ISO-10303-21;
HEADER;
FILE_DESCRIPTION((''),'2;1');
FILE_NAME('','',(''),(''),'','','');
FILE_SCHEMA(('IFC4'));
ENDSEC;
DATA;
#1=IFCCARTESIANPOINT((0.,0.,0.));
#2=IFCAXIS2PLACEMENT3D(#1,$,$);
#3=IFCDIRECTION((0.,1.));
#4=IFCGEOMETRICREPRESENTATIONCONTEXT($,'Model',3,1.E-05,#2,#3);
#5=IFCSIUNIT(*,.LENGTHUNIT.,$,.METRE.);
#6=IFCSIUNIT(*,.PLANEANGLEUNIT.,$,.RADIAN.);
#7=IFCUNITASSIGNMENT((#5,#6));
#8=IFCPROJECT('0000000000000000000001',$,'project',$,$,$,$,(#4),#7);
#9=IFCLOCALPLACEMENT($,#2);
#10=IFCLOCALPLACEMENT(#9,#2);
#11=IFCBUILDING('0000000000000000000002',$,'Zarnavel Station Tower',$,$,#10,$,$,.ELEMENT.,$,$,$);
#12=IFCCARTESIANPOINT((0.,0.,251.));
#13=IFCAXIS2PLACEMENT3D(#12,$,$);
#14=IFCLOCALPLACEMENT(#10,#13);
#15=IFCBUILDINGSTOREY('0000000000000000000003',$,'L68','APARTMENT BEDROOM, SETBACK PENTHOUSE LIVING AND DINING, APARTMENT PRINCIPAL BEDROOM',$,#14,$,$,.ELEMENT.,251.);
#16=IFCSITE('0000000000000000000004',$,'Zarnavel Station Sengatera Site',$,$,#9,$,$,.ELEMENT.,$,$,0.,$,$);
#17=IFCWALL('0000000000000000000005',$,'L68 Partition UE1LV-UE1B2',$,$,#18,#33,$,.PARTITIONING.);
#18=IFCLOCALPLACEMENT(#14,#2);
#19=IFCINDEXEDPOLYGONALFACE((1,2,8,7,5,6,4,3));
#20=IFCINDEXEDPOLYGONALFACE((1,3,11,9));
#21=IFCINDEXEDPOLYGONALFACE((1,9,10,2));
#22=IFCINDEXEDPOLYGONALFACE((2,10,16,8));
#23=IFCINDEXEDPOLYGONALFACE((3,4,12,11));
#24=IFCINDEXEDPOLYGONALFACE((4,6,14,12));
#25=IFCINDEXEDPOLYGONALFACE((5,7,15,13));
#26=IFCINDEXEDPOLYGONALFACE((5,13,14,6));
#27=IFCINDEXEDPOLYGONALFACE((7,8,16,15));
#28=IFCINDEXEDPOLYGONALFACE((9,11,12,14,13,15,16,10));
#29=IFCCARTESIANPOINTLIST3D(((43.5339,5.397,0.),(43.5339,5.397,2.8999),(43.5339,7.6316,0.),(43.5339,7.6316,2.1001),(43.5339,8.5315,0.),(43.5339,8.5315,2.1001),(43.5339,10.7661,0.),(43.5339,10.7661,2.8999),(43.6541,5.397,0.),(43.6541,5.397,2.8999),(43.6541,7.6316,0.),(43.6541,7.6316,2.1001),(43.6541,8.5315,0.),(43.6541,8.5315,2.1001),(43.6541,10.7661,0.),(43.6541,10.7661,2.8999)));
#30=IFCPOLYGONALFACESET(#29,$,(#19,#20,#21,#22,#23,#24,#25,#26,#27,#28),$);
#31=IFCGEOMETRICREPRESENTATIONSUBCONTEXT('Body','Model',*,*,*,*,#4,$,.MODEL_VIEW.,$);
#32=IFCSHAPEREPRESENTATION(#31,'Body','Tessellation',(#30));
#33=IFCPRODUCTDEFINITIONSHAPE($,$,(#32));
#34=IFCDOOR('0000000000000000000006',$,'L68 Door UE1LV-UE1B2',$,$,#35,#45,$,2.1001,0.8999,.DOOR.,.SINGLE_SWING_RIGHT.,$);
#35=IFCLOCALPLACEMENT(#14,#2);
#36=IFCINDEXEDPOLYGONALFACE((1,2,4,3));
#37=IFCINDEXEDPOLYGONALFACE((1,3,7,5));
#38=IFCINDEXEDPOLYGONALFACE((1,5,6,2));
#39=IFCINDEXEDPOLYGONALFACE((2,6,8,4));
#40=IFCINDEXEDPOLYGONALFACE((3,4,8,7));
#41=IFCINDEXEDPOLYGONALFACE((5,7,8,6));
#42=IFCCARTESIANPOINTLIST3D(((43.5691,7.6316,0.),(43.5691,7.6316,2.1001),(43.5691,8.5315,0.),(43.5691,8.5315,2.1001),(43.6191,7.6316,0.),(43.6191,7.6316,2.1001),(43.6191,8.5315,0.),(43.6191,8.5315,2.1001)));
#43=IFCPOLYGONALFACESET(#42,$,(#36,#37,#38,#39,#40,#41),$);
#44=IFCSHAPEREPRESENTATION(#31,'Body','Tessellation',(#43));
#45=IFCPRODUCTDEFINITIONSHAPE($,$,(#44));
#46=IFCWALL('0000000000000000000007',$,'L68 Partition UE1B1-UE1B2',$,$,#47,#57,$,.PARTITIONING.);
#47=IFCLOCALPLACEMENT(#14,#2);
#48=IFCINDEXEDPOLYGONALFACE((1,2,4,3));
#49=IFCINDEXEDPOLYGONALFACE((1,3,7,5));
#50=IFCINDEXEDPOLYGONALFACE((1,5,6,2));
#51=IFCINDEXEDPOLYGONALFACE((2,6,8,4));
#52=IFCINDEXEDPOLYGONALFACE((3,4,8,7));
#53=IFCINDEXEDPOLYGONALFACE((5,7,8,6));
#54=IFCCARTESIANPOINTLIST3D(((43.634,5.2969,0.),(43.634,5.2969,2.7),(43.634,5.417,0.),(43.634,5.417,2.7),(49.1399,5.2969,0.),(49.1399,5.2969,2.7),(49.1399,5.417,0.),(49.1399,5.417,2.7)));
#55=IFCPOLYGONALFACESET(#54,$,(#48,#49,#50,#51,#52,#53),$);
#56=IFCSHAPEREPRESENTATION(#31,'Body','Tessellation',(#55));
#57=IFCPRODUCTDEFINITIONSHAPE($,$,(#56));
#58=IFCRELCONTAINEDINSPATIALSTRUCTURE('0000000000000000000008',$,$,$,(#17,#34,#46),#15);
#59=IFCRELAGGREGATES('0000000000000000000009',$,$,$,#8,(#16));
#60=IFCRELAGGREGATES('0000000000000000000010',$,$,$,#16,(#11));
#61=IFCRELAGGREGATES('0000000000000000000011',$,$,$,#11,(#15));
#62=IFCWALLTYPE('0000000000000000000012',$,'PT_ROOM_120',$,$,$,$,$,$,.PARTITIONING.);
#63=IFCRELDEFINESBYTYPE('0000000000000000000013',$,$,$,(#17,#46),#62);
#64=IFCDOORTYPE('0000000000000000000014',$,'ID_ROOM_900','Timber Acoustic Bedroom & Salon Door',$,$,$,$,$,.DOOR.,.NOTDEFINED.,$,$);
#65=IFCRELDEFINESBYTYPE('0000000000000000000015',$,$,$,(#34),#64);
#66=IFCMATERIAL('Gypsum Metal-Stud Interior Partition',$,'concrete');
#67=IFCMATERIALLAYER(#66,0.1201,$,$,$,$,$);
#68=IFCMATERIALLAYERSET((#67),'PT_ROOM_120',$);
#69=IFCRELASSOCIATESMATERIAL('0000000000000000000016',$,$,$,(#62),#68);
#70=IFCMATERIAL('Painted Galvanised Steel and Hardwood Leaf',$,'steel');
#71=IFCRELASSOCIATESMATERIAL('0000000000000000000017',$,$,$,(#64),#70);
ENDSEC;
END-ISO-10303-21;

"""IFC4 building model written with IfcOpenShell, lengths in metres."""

from ifc_helpers import new_model, si_unit, direction, frame, frame_2d, origin, place, context, subcontext, project, spatial, rectangle, extrude, material, layer, layer_set, type_object, element, fill, save


model = new_model("IFC4")

# Units and contexts
model_context = context("Model", 3, precision=1e-05, world=origin(), true_north=direction((0.0, 1.0)))
body_context = subcontext(model_context, "Body", "Model", "MODEL_VIEW")
ifc_project = project(units=[si_unit("LENGTHUNIT", "METRE"), si_unit("PLANEANGLEUNIT", "RADIAN")], contexts=[model_context])

# Site, building, storey
site_placement = place(None, origin())
site = spatial("IfcSite", under=ifc_project, at=site_placement, Name="Zarnavel Station Sengatera Site", CompositionType="ELEMENT", RefElevation=0.0)
building_placement = place(site_placement, origin())
building = spatial("IfcBuilding", under=site, at=building_placement, Name="Zarnavel Station Tower", CompositionType="ELEMENT")
storey_placement = place(building_placement, frame((0.0, 0.0, 251.0)))
storey = spatial("IfcBuildingStorey", under=building, at=storey_placement, Name="L68", Description="APARTMENT BEDROOM, SETBACK PENTHOUSE LIVING AND DINING, APARTMENT PRINCIPAL BEDROOM", CompositionType="ELEMENT", Elevation=251.0)

# Wall, opening, door
ifc_material_1 = material(Name="Gypsum Metal-Stud Interior Partition", Category="concrete")
ifc_layer_1 = layer(ifc_material_1, 0.1201)
ifc_layer_set_1 = layer_set([ifc_layer_1], Name="PT_ROOM_120")
wall_type_1 = type_object("IfcWallType", Name="PT_ROOM_120", PredefinedType="PARTITIONING", material=ifc_layer_set_1)
ifc_material_2 = material(Name="Painted Galvanised Steel and Hardwood Leaf", Category="steel")
door_type = type_object("IfcDoorType", Name="ID_ROOM_900", Description="Timber Acoustic Bedroom & Salon Door", OperationType="NOTDEFINED", PredefinedType="DOOR", material=ifc_material_2)
wall_1_placement = place(storey_placement, frame((43.594, 5.397, 0.0), z_axis=(0.0, 0.0, 1.0), x_axis=(0.0, 1.0, 0.0)))
wall_1 = element("IfcWall", 1, at=wall_1_placement, inside=storey, type_object=wall_type_1, Name="L68 Partition UE1LV-UE1B2", PredefinedType="PARTITIONING", context=body_context, shape_type="SweptSolid", body=[
    extrude(rectangle(XDim=5.3691, YDim=0.1201, at=frame_2d((2.6846, 0.0))), origin(), (0.0, 0.0, 1.0), 2.8999),
])
opening_1_placement = place(wall_1_placement, frame((2.2346, 0.0, 0.0)))
opening_1 = element("IfcOpeningElement", 2, at=opening_1_placement, cuts=wall_1, PredefinedType="OPENING", context=body_context, shape_type="SweptSolid", body=[
    extrude(rectangle(XDim=0.8999, YDim=2.1001, at=frame_2d((0.45, 1.05))), frame((0.0, 0.0701, 0.0), z_axis=(0.0, -1.0, 0.0), x_axis=(1.0, 0.0, 0.0)), (0.0, 0.0, 1.0), 0.1401),
])
door_1_placement = place(opening_1_placement, origin())
door_1 = element("IfcDoor", 3, at=door_1_placement, inside=storey, type_object=door_type, Name="L68 Door UE1LV-UE1B2", OperationType="SINGLE_SWING_RIGHT", OverallHeight=2.1001, OverallWidth=0.8999, PredefinedType="DOOR", context=body_context, shape_type="SweptSolid", body=[
    extrude(rectangle(XDim=0.8999, YDim=2.1001, at=frame_2d((0.45, 1.05))), frame((0.0, 0.0249, 0.0), z_axis=(0.0, -1.0, 0.0), x_axis=(1.0, 0.0, 0.0)), (0.0, 0.0, 1.0), 0.05),
])
fill(opening_1, door_1)

# Wall
wall_2_placement = place(storey_placement, frame((43.634, 5.3569, 0.0), z_axis=(0.0, 0.0, 1.0), x_axis=(1.0, 0.0, 0.0)))
element("IfcWall", 4, at=wall_2_placement, inside=storey, type_object=wall_type_1, Name="L68 Partition UE1B1-UE1B2", PredefinedType="PARTITIONING", context=body_context, shape_type="SweptSolid", body=[
    extrude(rectangle(XDim=5.5059, YDim=0.1201, at=frame_2d((2.7529, 0.0))), origin(), (0.0, 0.0, 1.0), 2.7),
])

save(model, "model.ifc")
